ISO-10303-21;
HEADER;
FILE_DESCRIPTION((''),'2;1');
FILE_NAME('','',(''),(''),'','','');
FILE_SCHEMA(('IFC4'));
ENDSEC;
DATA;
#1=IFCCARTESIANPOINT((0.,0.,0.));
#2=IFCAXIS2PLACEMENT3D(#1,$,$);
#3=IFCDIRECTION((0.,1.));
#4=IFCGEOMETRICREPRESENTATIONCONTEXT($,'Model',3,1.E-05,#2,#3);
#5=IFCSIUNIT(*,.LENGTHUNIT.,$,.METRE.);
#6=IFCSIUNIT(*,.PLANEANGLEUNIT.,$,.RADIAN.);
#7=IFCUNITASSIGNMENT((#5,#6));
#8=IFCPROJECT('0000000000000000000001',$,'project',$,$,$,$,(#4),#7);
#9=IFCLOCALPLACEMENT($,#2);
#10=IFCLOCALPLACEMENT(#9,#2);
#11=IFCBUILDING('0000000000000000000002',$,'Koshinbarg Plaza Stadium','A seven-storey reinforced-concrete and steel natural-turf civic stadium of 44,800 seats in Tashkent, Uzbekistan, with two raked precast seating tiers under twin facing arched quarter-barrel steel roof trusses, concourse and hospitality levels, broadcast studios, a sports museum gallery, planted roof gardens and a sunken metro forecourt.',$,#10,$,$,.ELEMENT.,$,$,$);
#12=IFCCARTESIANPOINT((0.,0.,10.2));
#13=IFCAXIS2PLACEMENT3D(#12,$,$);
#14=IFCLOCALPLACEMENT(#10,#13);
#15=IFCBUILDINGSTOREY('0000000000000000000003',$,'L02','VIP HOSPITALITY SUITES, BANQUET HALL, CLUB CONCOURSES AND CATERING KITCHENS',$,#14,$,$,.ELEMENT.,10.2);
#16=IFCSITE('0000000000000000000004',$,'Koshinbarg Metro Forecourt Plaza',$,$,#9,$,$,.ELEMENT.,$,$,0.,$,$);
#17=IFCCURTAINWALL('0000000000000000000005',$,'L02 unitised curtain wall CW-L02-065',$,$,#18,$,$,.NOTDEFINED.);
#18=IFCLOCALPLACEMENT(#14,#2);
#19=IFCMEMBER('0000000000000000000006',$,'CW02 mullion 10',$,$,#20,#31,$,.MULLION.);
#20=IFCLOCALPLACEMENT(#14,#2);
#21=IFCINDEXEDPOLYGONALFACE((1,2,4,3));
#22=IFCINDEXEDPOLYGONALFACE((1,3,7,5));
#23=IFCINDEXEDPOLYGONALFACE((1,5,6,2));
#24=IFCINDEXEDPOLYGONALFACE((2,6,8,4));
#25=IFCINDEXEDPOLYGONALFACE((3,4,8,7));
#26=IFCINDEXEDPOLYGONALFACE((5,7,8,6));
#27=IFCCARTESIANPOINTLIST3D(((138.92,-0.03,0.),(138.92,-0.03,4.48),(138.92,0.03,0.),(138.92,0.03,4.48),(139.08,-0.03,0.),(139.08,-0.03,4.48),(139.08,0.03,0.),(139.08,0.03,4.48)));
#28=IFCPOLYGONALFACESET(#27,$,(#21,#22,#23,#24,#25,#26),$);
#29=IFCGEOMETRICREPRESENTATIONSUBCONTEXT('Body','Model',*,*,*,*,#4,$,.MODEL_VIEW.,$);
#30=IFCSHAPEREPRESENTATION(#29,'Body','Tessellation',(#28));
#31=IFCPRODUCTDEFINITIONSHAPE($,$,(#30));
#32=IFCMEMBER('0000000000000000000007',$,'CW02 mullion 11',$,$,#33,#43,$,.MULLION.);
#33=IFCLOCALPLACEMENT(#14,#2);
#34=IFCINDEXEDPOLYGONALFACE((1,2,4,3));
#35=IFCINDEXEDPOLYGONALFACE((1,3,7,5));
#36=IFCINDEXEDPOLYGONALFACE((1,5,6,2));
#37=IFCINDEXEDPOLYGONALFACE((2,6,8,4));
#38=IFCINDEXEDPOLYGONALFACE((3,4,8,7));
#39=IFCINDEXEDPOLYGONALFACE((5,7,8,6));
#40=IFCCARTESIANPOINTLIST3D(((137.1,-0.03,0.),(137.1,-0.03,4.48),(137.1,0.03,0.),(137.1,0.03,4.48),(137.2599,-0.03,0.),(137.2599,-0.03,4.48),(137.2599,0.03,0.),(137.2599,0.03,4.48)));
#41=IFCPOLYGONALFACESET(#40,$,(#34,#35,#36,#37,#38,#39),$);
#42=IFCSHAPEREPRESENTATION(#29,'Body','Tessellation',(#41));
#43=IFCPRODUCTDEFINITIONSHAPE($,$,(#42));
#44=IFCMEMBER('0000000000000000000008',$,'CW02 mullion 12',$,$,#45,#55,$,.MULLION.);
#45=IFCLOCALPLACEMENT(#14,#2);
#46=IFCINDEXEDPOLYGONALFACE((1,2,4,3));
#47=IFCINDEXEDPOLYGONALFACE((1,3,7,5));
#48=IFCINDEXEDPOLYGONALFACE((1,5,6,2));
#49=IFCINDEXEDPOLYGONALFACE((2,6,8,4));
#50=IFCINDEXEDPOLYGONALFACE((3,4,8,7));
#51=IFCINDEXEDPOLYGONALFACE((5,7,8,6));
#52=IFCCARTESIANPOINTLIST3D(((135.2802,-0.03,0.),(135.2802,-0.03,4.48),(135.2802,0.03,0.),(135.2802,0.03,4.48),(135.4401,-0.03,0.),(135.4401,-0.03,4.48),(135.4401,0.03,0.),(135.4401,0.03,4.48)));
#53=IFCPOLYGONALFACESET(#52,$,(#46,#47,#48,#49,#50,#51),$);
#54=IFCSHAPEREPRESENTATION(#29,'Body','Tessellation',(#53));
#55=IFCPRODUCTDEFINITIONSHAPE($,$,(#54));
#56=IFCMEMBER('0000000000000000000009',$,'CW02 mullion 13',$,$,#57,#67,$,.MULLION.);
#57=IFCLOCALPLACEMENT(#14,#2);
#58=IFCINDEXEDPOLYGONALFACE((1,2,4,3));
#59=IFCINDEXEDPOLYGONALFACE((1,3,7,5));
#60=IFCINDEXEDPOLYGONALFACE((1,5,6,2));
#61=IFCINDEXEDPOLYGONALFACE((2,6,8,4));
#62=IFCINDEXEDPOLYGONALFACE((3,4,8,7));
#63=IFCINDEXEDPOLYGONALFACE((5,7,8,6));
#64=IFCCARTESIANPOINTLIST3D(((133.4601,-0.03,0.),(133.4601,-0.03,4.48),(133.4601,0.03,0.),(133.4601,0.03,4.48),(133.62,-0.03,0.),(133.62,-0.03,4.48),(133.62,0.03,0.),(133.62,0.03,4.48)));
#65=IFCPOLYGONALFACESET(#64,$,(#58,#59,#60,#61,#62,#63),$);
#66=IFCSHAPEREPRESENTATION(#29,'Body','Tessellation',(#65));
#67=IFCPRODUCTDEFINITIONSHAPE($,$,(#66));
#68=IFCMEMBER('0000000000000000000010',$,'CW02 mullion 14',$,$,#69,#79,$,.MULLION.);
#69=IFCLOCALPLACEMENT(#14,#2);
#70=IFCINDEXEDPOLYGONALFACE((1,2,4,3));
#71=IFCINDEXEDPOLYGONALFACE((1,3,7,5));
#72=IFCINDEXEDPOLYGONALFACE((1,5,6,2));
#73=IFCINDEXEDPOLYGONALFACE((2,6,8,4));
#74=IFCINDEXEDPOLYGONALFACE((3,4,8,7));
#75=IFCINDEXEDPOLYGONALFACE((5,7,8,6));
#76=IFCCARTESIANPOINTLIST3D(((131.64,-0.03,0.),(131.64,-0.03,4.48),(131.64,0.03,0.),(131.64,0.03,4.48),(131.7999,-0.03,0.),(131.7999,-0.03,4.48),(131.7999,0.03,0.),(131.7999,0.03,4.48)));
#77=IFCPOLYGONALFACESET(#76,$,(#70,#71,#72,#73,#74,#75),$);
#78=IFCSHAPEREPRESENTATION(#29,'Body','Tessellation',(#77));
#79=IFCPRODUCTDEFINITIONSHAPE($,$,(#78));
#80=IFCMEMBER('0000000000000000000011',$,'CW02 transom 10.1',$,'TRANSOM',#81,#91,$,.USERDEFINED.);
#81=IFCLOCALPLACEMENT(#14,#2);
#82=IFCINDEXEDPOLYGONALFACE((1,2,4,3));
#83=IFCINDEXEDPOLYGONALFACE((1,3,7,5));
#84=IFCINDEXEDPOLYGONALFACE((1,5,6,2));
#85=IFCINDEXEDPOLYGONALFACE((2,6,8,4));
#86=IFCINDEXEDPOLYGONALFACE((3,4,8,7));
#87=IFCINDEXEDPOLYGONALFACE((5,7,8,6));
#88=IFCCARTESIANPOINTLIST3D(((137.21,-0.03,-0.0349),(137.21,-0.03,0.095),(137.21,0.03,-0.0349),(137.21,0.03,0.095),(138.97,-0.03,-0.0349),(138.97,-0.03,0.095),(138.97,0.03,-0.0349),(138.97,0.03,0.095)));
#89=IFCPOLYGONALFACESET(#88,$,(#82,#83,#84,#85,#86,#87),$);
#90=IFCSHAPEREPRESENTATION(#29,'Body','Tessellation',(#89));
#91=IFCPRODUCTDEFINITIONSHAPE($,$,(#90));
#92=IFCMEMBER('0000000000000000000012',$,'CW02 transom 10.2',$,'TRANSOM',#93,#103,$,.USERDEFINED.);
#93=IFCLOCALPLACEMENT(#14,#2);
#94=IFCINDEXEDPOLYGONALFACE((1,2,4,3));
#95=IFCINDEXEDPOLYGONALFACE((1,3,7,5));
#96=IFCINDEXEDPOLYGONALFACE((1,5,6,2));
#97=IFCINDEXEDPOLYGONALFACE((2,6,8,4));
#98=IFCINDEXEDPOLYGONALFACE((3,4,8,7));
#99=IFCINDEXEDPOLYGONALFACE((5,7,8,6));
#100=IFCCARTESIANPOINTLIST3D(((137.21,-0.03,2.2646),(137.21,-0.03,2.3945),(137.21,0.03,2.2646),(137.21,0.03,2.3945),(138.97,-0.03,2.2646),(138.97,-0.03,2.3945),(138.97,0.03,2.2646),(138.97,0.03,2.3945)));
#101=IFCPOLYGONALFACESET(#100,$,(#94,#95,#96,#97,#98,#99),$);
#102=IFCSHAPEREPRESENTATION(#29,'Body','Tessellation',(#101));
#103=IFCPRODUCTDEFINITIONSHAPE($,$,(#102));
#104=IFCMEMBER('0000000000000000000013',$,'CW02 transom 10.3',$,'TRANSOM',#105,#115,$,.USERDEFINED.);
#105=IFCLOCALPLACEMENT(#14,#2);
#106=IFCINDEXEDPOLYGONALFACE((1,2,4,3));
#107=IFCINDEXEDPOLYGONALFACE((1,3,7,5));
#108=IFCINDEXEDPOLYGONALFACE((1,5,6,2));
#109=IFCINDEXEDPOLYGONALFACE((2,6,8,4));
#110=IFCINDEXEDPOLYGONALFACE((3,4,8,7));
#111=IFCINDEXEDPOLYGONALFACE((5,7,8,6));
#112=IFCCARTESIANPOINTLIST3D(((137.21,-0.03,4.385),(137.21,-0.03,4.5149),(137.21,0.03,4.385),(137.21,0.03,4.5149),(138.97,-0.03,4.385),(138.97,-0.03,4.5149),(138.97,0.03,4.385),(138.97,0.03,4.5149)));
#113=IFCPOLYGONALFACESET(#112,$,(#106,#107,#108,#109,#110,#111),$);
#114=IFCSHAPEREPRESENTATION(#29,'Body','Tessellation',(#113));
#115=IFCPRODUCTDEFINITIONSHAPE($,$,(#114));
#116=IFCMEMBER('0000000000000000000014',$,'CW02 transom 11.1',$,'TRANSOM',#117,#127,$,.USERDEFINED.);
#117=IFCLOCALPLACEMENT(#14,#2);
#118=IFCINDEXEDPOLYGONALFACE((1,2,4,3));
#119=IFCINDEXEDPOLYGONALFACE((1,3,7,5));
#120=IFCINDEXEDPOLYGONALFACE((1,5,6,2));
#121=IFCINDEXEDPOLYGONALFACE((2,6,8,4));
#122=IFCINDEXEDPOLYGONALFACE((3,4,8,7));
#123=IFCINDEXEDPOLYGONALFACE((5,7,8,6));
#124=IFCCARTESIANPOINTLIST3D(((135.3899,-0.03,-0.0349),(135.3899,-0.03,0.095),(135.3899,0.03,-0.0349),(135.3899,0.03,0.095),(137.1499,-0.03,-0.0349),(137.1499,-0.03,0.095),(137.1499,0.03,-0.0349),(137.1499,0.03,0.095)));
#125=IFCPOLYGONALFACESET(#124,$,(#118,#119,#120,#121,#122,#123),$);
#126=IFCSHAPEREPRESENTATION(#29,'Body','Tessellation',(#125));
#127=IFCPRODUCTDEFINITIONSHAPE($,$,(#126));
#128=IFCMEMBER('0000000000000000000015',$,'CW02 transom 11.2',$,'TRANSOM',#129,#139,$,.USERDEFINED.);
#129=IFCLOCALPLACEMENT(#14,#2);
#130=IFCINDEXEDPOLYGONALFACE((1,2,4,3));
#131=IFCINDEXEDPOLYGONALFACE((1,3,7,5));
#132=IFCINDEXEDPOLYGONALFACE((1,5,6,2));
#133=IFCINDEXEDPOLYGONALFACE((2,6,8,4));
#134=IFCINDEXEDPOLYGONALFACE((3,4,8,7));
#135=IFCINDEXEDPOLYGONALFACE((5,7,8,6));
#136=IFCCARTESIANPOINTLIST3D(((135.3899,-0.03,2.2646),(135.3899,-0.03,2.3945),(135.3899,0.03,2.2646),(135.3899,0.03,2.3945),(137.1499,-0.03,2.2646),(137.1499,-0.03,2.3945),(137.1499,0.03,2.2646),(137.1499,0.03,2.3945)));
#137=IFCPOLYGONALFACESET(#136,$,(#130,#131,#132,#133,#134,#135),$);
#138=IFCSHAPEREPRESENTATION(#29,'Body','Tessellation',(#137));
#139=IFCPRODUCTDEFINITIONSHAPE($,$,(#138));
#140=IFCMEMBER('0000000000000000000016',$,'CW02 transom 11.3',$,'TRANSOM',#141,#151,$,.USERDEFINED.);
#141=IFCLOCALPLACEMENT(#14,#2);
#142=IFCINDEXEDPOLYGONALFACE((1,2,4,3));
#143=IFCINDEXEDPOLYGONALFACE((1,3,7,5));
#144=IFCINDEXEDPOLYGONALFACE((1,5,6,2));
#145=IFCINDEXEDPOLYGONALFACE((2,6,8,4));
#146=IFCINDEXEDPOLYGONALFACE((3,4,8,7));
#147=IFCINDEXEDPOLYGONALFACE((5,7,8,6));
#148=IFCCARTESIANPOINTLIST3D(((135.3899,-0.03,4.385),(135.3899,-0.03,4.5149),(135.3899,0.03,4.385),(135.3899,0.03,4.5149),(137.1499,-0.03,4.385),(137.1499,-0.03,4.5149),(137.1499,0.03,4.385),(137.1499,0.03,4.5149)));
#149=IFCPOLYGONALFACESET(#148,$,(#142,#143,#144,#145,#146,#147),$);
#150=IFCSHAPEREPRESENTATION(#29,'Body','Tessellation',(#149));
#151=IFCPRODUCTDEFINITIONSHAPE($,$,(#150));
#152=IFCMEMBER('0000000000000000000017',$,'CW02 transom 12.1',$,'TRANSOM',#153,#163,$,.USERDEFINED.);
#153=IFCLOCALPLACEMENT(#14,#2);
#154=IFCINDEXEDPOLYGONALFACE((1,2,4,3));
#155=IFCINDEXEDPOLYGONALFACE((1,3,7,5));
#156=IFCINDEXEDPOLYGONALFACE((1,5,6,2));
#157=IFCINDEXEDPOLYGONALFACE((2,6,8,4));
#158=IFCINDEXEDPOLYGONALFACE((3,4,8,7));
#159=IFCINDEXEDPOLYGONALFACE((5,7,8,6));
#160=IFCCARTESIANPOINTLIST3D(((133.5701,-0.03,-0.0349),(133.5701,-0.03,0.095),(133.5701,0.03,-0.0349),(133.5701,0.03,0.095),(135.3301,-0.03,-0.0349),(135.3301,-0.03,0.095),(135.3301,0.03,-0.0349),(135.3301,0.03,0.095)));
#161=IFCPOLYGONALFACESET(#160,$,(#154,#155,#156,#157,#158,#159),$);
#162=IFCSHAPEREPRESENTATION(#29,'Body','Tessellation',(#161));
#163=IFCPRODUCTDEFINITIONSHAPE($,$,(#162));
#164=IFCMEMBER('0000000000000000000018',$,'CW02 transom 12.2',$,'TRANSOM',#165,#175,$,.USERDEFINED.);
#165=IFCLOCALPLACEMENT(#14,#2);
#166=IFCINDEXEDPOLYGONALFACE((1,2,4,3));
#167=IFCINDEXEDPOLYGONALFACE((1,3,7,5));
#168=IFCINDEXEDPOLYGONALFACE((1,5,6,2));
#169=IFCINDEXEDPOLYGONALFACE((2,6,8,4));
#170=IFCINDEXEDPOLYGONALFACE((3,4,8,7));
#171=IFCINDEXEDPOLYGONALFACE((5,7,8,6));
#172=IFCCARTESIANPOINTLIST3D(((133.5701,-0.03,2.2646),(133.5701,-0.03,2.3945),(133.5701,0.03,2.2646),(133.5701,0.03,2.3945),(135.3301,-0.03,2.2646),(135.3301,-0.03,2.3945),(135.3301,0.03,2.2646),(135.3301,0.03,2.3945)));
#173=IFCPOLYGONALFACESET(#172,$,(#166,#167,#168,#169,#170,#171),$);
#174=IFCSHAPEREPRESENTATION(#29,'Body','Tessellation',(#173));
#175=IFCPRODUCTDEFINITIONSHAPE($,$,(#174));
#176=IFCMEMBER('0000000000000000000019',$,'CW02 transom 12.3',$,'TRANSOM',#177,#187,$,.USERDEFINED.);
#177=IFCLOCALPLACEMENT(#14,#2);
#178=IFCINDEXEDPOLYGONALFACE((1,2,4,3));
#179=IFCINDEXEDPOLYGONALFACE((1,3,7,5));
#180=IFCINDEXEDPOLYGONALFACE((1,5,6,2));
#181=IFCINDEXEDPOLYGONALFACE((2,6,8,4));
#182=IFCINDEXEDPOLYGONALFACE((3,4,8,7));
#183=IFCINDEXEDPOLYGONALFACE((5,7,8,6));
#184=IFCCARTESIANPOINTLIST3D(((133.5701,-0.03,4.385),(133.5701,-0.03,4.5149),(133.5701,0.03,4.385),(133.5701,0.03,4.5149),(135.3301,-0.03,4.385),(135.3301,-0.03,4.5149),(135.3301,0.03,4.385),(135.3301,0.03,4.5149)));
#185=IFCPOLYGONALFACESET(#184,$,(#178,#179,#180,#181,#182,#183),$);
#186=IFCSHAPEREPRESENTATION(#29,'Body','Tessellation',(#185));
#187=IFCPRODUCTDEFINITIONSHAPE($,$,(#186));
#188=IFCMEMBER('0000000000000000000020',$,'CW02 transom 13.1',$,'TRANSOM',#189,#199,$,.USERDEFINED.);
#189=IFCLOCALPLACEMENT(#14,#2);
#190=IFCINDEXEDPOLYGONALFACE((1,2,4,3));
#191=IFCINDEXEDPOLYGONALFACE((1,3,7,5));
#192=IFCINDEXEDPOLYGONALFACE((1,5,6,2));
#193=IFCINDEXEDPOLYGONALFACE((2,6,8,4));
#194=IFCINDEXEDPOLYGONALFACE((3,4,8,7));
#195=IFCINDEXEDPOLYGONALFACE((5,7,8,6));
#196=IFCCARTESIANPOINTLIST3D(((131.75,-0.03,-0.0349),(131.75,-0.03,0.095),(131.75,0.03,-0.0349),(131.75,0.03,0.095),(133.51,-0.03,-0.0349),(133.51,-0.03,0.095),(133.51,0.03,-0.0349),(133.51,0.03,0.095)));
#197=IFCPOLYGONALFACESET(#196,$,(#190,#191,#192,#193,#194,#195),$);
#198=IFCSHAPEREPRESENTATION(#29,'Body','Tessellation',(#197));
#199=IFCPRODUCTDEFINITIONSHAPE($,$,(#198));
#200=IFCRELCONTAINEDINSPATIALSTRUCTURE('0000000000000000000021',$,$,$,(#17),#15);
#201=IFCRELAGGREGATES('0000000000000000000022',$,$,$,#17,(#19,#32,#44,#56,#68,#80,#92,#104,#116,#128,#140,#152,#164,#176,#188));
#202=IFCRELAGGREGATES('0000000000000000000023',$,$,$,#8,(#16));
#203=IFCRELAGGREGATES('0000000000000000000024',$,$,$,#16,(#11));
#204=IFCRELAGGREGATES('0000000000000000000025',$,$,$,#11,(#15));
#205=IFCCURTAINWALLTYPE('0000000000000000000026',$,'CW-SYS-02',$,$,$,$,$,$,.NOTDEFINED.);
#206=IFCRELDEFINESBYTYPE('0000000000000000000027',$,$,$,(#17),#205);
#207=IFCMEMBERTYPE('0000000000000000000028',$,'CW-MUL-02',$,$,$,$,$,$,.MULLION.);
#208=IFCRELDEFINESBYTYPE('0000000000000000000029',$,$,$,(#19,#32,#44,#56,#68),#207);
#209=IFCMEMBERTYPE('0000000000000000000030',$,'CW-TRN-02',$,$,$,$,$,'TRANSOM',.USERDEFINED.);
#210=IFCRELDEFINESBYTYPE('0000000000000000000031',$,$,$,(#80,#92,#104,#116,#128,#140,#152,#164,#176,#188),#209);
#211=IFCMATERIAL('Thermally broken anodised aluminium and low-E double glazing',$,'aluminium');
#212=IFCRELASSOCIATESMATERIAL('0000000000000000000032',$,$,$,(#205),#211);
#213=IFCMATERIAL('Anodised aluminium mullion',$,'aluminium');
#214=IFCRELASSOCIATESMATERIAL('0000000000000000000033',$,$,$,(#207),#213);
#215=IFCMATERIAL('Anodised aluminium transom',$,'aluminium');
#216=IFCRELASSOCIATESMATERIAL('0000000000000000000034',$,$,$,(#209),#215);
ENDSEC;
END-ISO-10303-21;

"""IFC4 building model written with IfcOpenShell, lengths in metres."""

from ifc_helpers import new_model, si_unit, direction, frame, origin, origin_2d, place, context, subcontext, project, spatial, rectangle, extrude, material, material_profile, profile_set, type_object, element, aggregate, save


model = new_model("IFC4")

# Units and contexts
model_context = context("Model", 3, precision=1e-05, world=origin(), true_north=direction((0.0, 1.0)))
body_context = subcontext(model_context, "Body", "Model", "MODEL_VIEW")
ifc_project = project(units=[si_unit("LENGTHUNIT", "METRE"), si_unit("PLANEANGLEUNIT", "RADIAN")], contexts=[model_context])

# Site, building, storey
site_placement = place(None, origin())
site = spatial("IfcSite", under=ifc_project, at=site_placement, Name="Koshinbarg Metro Forecourt Plaza", CompositionType="ELEMENT", RefElevation=0.0)
building_placement = place(site_placement, origin())
building = spatial("IfcBuilding", under=site, at=building_placement, Name="Koshinbarg Plaza Stadium", Description="A seven-storey reinforced-concrete and steel natural-turf civic stadium of 44,800 seats in Tashkent, Uzbekistan, with two raked precast seating tiers under twin facing arched quarter-barrel steel roof trusses, concourse and hospitality levels, broadcast studios, a sports museum gallery, planted roof gardens and a sunken metro forecourt.", CompositionType="ELEMENT")
storey_placement = place(building_placement, frame((0.0, 0.0, 10.2)))
storey = spatial("IfcBuildingStorey", under=building, at=storey_placement, Name="L02", Description="VIP HOSPITALITY SUITES, BANQUET HALL, CLUB CONCOURSES AND CATERING KITCHENS", CompositionType="ELEMENT", Elevation=10.2)

# Curtain wall, members
ifc_material_1 = material(Name="Thermally broken anodised aluminium and low-E double glazing", Category="aluminium")
curtain_wall_type = type_object("IfcCurtainWallType", Name="CW-SYS-02", PredefinedType="NOTDEFINED", material=ifc_material_1)
curtain_wall_placement = place(storey_placement, origin())
curtain_wall = element("IfcCurtainWall", 1, at=curtain_wall_placement, inside=storey, type_object=curtain_wall_type, Name="L02 unitised curtain wall CW-L02-065", PredefinedType="NOTDEFINED")
ifc_material_2 = material(Name="Anodised aluminium mullion", Category="aluminium")
ifc_material_profile_1 = material_profile(ifc_material_2, rectangle(XDim=0.0601, YDim=0.1599, at=origin_2d()), Name="ALU 60x160")
ifc_profile_set_1 = profile_set([ifc_material_profile_1], Name="Anodised aluminium mullion")
member_type_1 = type_object("IfcMemberType", Name="CW-MUL-02", PredefinedType="MULLION", material=ifc_profile_set_1)
member_1_placement = place(storey_placement, frame((139.0, 0.0, 0.0), z_axis=(0.0, 0.0, 1.0), x_axis=(0.0, -1.0, 0.0)))
member_1 = element("IfcMember", 2, at=member_1_placement, type_object=member_type_1, Name="CW02 mullion 10", PredefinedType="MULLION", context=body_context, shape_type="SweptSolid", body=[
    extrude(rectangle(XDim=0.0601, YDim=0.1599, at=origin_2d()), origin(), (0.0, 0.0, 1.0), 4.48),
])
member_2_placement = place(storey_placement, frame((137.1799, 0.0, 0.0), z_axis=(0.0, 0.0, 1.0), x_axis=(0.0, -1.0, 0.0)))
member_2 = element("IfcMember", 3, at=member_2_placement, type_object=member_type_1, Name="CW02 mullion 11", PredefinedType="MULLION", context=body_context, shape_type="SweptSolid", body=[
    extrude(rectangle(XDim=0.0601, YDim=0.1599, at=origin_2d()), origin(), (0.0, 0.0, 1.0), 4.48),
])
member_3_placement = place(storey_placement, frame((135.3601, 0.0, 0.0), z_axis=(0.0, 0.0, 1.0), x_axis=(0.0, -1.0, 0.0)))
member_3 = element("IfcMember", 4, at=member_3_placement, type_object=member_type_1, Name="CW02 mullion 12", PredefinedType="MULLION", context=body_context, shape_type="SweptSolid", body=[
    extrude(rectangle(XDim=0.0601, YDim=0.1599, at=origin_2d()), origin(), (0.0, 0.0, 1.0), 4.48),
])
member_4_placement = place(storey_placement, frame((133.54, 0.0, 0.0), z_axis=(0.0, 0.0, 1.0), x_axis=(0.0, -1.0, 0.0)))
member_4 = element("IfcMember", 5, at=member_4_placement, type_object=member_type_1, Name="CW02 mullion 13", PredefinedType="MULLION", context=body_context, shape_type="SweptSolid", body=[
    extrude(rectangle(XDim=0.0601, YDim=0.1599, at=origin_2d()), origin(), (0.0, 0.0, 1.0), 4.48),
])
member_5_placement = place(storey_placement, frame((131.72, 0.0, 0.0), z_axis=(0.0, 0.0, 1.0), x_axis=(0.0, -1.0, 0.0)))
member_5 = element("IfcMember", 6, at=member_5_placement, type_object=member_type_1, Name="CW02 mullion 14", PredefinedType="MULLION", context=body_context, shape_type="SweptSolid", body=[
    extrude(rectangle(XDim=0.0601, YDim=0.1599, at=origin_2d()), origin(), (0.0, 0.0, 1.0), 4.48),
])
ifc_material_3 = material(Name="Anodised aluminium transom", Category="aluminium")
ifc_material_profile_2 = material_profile(ifc_material_3, rectangle(XDim=0.0601, YDim=0.1299, at=origin_2d()), Name="ALU 60x130")
ifc_profile_set_2 = profile_set([ifc_material_profile_2], Name="Anodised aluminium transom")
member_type_2 = type_object("IfcMemberType", Name="CW-TRN-02", ElementType="TRANSOM", PredefinedType="USERDEFINED", material=ifc_profile_set_2)
member_6_placement = place(storey_placement, frame((138.97, 0.0, 0.03), z_axis=(-1.0, 0.0, 0.0), x_axis=(0.0, -1.0, 0.0)))
member_6 = element("IfcMember", 7, at=member_6_placement, type_object=member_type_2, Name="CW02 transom 10.1", ObjectType="TRANSOM", PredefinedType="USERDEFINED", context=body_context, shape_type="SweptSolid", body=[
    extrude(rectangle(XDim=0.0601, YDim=0.1299, at=origin_2d()), origin(), (0.0, 0.0, 1.0), 1.76),
])
member_7_placement = place(storey_placement, frame((138.97, 0.0, 2.3296), z_axis=(-1.0, 0.0, 0.0), x_axis=(0.0, -1.0, 0.0)))
member_7 = element("IfcMember", 8, at=member_7_placement, type_object=member_type_2, Name="CW02 transom 10.2", ObjectType="TRANSOM", PredefinedType="USERDEFINED", context=body_context, shape_type="SweptSolid", body=[
    extrude(rectangle(XDim=0.0601, YDim=0.1299, at=origin_2d()), origin(), (0.0, 0.0, 1.0), 1.76),
])
member_8_placement = place(storey_placement, frame((138.97, 0.0, 4.45), z_axis=(-1.0, 0.0, 0.0), x_axis=(0.0, -1.0, 0.0)))
member_8 = element("IfcMember", 9, at=member_8_placement, type_object=member_type_2, Name="CW02 transom 10.3", ObjectType="TRANSOM", PredefinedType="USERDEFINED", context=body_context, shape_type="SweptSolid", body=[
    extrude(rectangle(XDim=0.0601, YDim=0.1299, at=origin_2d()), origin(), (0.0, 0.0, 1.0), 1.76),
])
member_9_placement = place(storey_placement, frame((137.1499, 0.0, 0.03), z_axis=(-1.0, 0.0, 0.0), x_axis=(0.0, -1.0, 0.0)))
member_9 = element("IfcMember", 10, at=member_9_placement, type_object=member_type_2, Name="CW02 transom 11.1", ObjectType="TRANSOM", PredefinedType="USERDEFINED", context=body_context, shape_type="SweptSolid", body=[
    extrude(rectangle(XDim=0.0601, YDim=0.1299, at=origin_2d()), origin(), (0.0, 0.0, 1.0), 1.76),
])
member_10_placement = place(storey_placement, frame((137.1499, 0.0, 2.3296), z_axis=(-1.0, 0.0, 0.0), x_axis=(0.0, -1.0, 0.0)))
member_10 = element("IfcMember", 11, at=member_10_placement, type_object=member_type_2, Name="CW02 transom 11.2", ObjectType="TRANSOM", PredefinedType="USERDEFINED", context=body_context, shape_type="SweptSolid", body=[
    extrude(rectangle(XDim=0.0601, YDim=0.1299, at=origin_2d()), origin(), (0.0, 0.0, 1.0), 1.76),
])
member_11_placement = place(storey_placement, frame((137.1499, 0.0, 4.45), z_axis=(-1.0, 0.0, 0.0), x_axis=(0.0, -1.0, 0.0)))
member_11 = element("IfcMember", 12, at=member_11_placement, type_object=member_type_2, Name="CW02 transom 11.3", ObjectType="TRANSOM", PredefinedType="USERDEFINED", context=body_context, shape_type="SweptSolid", body=[
    extrude(rectangle(XDim=0.0601, YDim=0.1299, at=origin_2d()), origin(), (0.0, 0.0, 1.0), 1.76),
])
member_12_placement = place(storey_placement, frame((135.3301, 0.0, 0.03), z_axis=(-1.0, 0.0, 0.0), x_axis=(0.0, -1.0, 0.0)))
member_12 = element("IfcMember", 13, at=member_12_placement, type_object=member_type_2, Name="CW02 transom 12.1", ObjectType="TRANSOM", PredefinedType="USERDEFINED", context=body_context, shape_type="SweptSolid", body=[
    extrude(rectangle(XDim=0.0601, YDim=0.1299, at=origin_2d()), origin(), (0.0, 0.0, 1.0), 1.76),
])
member_13_placement = place(storey_placement, frame((135.3301, 0.0, 2.3296), z_axis=(-1.0, 0.0, 0.0), x_axis=(0.0, -1.0, 0.0)))
member_13 = element("IfcMember", 14, at=member_13_placement, type_object=member_type_2, Name="CW02 transom 12.2", ObjectType="TRANSOM", PredefinedType="USERDEFINED", context=body_context, shape_type="SweptSolid", body=[
    extrude(rectangle(XDim=0.0601, YDim=0.1299, at=origin_2d()), origin(), (0.0, 0.0, 1.0), 1.76),
])
member_14_placement = place(storey_placement, frame((135.3301, 0.0, 4.45), z_axis=(-1.0, 0.0, 0.0), x_axis=(0.0, -1.0, 0.0)))
member_14 = element("IfcMember", 15, at=member_14_placement, type_object=member_type_2, Name="CW02 transom 12.3", ObjectType="TRANSOM", PredefinedType="USERDEFINED", context=body_context, shape_type="SweptSolid", body=[
    extrude(rectangle(XDim=0.0601, YDim=0.1299, at=origin_2d()), origin(), (0.0, 0.0, 1.0), 1.76),
])
member_15_placement = place(storey_placement, frame((133.51, 0.0, 0.03), z_axis=(-1.0, 0.0, 0.0), x_axis=(0.0, -1.0, 0.0)))
member_15 = element("IfcMember", 16, at=member_15_placement, type_object=member_type_2, Name="CW02 transom 13.1", ObjectType="TRANSOM", PredefinedType="USERDEFINED", context=body_context, shape_type="SweptSolid", body=[
    extrude(rectangle(XDim=0.0601, YDim=0.1299, at=origin_2d()), origin(), (0.0, 0.0, 1.0), 1.76),
])
aggregate(curtain_wall, [member_1, member_2, member_3, member_4, member_5, member_6, member_7, member_8, member_9, member_10, member_11, member_12, member_13, member_14, member_15])

save(model, "model.ifc")
